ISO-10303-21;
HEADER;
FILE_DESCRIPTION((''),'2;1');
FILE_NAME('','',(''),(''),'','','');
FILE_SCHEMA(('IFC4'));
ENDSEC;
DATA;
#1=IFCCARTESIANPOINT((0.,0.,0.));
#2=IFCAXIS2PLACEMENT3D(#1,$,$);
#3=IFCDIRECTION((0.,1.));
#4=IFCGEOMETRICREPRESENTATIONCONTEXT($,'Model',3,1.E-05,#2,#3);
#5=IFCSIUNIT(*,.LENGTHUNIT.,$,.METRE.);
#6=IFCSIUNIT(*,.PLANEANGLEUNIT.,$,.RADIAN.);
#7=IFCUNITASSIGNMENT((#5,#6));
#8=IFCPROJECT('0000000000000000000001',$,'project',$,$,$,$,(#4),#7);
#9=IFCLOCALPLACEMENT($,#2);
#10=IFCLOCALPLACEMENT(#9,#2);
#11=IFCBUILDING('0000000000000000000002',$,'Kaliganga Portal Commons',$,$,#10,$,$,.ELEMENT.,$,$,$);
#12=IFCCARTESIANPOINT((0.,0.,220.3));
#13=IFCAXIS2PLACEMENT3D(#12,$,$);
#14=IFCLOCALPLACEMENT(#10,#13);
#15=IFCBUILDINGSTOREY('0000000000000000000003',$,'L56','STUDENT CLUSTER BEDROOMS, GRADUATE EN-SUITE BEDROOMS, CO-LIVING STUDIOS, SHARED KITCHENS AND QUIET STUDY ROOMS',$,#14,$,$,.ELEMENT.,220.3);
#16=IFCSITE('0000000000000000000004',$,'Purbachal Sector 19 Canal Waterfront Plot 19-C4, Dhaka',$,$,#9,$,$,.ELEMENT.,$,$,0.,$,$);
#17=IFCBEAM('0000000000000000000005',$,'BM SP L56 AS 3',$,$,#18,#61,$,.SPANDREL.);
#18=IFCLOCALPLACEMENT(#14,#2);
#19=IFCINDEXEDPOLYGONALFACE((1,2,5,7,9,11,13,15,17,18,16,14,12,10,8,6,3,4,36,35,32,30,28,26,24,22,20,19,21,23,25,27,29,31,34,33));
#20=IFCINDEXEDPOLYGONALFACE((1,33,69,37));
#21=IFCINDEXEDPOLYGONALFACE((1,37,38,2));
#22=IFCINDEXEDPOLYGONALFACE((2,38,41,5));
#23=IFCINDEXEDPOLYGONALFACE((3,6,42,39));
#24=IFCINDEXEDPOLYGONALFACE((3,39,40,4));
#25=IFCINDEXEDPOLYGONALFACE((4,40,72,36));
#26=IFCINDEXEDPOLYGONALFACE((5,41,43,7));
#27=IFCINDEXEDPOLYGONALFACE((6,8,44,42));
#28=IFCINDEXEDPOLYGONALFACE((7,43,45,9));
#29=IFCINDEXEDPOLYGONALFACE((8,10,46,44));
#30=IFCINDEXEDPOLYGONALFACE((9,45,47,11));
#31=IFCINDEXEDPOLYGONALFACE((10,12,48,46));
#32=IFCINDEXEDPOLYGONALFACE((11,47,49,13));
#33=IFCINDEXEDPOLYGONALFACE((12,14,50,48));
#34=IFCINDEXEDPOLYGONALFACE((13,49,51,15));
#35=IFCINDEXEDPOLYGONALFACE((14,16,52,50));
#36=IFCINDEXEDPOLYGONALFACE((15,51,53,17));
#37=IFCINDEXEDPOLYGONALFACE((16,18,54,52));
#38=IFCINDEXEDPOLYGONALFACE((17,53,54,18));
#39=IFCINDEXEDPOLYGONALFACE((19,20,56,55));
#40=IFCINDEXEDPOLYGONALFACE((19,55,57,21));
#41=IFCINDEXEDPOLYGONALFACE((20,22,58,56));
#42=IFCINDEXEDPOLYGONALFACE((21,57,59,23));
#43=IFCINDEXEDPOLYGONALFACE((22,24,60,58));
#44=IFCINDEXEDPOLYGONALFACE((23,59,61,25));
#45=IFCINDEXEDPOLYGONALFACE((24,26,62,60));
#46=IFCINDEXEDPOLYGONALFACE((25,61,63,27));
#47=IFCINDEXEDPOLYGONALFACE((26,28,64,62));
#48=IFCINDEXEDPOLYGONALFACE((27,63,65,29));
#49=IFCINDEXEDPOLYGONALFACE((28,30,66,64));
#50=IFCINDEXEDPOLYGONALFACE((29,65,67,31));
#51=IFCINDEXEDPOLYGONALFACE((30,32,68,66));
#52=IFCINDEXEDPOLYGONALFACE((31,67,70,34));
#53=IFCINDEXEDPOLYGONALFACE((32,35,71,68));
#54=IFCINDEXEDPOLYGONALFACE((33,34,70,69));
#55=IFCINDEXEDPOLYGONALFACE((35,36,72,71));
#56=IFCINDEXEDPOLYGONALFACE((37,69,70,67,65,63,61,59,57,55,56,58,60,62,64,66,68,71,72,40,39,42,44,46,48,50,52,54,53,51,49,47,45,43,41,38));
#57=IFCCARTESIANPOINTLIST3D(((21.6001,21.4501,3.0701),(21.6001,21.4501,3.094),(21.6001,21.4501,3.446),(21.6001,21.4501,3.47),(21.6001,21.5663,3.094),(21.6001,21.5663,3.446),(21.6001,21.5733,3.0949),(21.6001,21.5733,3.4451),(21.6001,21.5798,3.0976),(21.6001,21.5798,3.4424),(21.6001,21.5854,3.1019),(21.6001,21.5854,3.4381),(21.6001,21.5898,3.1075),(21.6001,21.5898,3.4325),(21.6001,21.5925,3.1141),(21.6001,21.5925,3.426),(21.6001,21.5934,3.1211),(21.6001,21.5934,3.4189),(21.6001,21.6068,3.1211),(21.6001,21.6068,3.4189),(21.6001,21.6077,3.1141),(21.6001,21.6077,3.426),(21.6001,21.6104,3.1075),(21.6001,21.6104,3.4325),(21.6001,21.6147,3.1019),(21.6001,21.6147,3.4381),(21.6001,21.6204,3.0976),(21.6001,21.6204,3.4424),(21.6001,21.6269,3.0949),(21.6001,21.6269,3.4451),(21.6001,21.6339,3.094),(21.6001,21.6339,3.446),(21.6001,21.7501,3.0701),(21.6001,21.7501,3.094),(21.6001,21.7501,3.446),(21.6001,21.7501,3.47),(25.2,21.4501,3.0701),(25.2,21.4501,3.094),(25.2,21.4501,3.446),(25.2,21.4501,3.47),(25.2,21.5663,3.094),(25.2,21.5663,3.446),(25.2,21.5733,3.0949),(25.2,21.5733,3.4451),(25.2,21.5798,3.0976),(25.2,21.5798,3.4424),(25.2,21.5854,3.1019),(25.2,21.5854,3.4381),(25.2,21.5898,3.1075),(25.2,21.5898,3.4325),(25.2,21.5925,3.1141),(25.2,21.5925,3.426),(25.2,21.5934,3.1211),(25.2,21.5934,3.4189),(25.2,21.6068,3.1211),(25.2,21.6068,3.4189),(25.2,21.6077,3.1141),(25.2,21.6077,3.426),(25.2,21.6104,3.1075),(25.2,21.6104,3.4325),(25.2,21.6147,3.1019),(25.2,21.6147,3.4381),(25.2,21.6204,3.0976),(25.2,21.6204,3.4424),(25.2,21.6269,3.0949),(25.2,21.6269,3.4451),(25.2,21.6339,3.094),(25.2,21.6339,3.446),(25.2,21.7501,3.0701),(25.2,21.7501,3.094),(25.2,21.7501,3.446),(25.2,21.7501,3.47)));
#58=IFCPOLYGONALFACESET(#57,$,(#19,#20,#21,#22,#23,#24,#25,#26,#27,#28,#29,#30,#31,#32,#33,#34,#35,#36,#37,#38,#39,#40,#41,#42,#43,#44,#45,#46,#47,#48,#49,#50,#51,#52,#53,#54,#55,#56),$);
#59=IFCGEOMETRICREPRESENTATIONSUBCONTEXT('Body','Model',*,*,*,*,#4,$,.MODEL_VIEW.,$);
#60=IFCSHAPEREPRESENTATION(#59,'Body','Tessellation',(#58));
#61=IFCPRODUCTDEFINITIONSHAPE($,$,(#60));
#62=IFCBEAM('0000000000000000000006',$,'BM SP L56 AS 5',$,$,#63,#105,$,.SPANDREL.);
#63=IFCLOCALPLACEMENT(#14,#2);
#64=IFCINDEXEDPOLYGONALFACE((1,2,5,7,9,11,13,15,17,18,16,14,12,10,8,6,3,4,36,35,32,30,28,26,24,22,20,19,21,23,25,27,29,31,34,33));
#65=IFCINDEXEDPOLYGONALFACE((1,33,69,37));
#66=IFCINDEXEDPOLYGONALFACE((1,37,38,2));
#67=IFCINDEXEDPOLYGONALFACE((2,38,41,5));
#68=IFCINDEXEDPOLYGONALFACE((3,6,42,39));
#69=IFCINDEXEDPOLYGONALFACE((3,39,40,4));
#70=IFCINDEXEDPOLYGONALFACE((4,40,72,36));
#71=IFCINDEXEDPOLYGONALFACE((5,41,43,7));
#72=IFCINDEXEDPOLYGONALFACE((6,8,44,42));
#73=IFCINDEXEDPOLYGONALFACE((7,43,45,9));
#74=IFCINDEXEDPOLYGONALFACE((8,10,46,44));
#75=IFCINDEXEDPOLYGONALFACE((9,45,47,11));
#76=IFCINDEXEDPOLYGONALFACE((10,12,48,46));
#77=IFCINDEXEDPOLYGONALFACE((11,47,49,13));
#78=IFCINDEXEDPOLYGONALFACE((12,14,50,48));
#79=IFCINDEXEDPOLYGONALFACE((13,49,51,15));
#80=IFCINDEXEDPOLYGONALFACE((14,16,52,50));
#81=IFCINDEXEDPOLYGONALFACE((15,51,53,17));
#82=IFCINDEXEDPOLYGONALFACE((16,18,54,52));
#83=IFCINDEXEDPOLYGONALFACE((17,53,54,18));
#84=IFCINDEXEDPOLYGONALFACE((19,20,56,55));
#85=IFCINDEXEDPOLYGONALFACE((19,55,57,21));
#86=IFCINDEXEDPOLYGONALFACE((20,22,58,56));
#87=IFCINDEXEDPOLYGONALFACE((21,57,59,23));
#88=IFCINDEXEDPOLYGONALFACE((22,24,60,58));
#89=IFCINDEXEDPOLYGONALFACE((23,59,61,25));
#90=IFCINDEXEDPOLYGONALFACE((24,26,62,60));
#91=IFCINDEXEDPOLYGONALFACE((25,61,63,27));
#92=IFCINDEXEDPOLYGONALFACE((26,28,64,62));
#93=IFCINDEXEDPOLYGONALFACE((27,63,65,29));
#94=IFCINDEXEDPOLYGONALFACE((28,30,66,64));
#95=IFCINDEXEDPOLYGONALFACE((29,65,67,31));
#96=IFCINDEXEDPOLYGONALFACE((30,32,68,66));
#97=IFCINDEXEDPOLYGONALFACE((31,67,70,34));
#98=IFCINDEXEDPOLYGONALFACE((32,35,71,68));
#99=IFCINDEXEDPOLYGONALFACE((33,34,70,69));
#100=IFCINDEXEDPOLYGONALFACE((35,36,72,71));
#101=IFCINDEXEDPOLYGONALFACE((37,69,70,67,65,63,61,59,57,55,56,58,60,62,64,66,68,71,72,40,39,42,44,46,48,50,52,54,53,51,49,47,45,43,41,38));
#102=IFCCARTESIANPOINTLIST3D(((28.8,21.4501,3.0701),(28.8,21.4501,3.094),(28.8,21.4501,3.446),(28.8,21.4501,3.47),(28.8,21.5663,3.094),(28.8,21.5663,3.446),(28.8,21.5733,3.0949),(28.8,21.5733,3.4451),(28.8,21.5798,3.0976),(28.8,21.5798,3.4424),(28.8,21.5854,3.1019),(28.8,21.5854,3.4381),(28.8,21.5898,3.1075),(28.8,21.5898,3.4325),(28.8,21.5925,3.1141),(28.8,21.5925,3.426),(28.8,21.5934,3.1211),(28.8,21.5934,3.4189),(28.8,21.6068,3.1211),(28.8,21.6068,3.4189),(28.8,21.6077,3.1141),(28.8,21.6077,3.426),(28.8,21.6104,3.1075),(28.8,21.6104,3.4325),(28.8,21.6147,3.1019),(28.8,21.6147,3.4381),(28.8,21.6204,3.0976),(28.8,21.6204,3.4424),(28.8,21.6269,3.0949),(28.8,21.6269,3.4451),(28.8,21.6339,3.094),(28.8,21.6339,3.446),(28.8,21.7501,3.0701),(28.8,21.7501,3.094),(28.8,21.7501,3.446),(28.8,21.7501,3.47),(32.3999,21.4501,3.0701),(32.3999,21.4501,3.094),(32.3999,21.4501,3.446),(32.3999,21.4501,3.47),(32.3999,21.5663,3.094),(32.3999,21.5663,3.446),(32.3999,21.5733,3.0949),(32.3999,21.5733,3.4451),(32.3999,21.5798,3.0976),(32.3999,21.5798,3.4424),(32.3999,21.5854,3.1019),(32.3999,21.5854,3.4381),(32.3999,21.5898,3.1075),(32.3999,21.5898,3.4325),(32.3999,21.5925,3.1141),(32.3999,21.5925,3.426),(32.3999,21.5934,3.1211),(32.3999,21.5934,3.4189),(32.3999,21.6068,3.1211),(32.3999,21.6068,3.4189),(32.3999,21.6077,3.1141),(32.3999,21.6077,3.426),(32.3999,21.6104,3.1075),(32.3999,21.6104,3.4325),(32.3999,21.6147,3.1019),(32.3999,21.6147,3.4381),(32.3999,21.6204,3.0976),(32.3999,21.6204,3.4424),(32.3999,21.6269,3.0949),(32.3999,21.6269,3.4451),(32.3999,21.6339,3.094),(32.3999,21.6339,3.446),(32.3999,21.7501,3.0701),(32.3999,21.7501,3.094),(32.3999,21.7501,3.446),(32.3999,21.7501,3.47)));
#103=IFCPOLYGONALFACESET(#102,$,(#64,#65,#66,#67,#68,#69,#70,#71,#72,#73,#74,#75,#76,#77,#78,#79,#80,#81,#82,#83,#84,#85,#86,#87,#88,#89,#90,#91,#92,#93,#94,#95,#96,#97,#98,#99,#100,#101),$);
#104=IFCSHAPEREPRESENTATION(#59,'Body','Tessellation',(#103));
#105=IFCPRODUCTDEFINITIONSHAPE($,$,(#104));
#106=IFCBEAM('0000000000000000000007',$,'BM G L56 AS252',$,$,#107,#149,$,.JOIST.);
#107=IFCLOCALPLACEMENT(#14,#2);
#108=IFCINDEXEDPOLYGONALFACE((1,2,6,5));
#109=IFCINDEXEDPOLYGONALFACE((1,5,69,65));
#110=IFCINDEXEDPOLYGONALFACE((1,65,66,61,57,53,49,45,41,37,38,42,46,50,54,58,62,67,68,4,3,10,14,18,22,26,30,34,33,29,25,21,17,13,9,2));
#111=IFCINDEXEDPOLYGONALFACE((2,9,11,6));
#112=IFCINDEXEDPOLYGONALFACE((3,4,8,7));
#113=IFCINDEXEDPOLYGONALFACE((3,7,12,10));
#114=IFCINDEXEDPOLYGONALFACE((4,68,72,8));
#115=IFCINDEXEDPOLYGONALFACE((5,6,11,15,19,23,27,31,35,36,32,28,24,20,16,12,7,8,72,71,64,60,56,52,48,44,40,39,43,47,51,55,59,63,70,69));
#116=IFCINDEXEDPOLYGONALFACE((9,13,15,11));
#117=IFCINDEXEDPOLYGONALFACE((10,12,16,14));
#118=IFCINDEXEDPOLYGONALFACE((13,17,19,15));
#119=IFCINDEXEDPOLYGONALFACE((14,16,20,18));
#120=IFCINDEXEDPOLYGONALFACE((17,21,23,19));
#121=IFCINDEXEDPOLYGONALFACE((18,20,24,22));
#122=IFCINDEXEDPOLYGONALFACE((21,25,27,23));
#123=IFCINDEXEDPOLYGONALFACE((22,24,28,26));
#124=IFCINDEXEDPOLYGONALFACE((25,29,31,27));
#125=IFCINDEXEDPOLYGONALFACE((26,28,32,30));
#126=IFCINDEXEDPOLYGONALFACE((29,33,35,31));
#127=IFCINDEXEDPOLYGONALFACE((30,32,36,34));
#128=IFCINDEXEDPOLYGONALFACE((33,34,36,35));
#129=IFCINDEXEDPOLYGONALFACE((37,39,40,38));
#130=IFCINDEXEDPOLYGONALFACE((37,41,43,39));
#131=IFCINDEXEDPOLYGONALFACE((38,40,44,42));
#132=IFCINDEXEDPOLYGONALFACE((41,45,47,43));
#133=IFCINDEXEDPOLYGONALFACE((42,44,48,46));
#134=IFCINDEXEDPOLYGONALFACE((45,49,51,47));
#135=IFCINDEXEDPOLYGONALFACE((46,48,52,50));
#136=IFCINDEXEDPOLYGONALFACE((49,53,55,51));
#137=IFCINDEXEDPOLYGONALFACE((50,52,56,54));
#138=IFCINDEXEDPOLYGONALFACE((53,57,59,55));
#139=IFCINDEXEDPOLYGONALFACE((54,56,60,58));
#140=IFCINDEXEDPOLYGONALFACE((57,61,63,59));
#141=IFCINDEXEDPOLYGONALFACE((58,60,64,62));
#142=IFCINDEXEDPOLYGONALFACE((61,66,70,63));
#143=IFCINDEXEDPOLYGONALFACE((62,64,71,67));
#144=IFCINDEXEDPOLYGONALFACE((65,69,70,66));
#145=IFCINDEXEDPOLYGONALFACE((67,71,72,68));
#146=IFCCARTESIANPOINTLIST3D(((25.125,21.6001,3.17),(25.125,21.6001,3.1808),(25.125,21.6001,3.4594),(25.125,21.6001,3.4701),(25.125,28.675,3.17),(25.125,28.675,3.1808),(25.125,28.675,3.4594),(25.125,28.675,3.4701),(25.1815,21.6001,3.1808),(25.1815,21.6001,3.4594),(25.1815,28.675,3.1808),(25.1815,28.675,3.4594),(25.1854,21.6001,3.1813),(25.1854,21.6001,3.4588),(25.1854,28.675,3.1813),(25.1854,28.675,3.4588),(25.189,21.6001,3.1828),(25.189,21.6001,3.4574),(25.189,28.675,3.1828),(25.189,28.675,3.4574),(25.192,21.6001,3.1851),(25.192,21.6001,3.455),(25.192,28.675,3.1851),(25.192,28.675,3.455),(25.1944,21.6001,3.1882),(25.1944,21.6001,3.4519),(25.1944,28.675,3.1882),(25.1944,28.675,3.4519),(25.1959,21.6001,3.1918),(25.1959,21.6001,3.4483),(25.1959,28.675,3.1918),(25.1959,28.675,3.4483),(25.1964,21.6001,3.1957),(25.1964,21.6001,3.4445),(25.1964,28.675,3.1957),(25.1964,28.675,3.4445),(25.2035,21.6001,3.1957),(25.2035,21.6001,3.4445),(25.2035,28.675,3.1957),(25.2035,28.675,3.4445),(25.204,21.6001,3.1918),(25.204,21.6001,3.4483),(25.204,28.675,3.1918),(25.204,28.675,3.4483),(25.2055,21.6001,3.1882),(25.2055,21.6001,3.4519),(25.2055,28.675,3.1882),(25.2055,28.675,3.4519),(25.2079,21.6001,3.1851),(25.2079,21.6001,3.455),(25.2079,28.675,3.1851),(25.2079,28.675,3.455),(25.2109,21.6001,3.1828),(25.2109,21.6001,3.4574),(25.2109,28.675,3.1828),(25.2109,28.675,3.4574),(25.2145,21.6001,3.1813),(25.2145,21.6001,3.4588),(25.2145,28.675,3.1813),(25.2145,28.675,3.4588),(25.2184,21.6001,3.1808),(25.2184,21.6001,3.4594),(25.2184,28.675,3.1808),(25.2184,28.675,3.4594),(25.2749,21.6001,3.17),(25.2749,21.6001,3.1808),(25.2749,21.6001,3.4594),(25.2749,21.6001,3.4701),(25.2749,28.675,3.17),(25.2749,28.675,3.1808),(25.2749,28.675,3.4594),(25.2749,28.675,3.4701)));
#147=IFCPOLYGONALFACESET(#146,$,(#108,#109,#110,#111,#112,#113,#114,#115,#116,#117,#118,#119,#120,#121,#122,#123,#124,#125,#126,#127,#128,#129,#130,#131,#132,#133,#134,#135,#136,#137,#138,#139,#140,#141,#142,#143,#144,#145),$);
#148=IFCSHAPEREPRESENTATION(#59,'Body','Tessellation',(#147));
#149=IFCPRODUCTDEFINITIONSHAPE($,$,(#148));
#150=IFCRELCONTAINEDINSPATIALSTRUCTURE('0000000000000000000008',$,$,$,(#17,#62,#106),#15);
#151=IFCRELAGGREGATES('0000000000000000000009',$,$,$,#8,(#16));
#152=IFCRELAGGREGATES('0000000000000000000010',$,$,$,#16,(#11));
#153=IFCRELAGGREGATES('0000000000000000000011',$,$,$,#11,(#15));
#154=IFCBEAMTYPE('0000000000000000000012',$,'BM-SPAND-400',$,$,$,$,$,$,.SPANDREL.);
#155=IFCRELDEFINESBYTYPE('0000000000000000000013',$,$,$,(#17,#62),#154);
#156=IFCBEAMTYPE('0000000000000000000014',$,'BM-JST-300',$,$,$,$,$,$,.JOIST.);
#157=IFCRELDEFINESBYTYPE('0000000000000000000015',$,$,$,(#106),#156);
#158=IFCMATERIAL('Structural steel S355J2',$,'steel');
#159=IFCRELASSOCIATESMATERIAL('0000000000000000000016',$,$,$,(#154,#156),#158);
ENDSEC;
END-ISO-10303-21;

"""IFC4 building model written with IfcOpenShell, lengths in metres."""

from ifc_helpers import new_model, si_unit, direction, frame, origin, origin_2d, place, context, subcontext, project, spatial, i_section, extrude, source, transform, mapped, material, material_profile, profile_set, type_object, element, save


model = new_model("IFC4")

# Units and contexts
model_context = context("Model", 3, precision=1e-05, world=origin(), true_north=direction((0.0, 1.0)))
body_context = subcontext(model_context, "Body", "Model", "MODEL_VIEW")
ifc_project = project(units=[si_unit("LENGTHUNIT", "METRE"), si_unit("PLANEANGLEUNIT", "RADIAN")], contexts=[model_context])

# Site, building, storey
site_placement = place(None, origin())
site = spatial("IfcSite", under=ifc_project, at=site_placement, Name="Purbachal Sector 19 Canal Waterfront Plot 19-C4, Dhaka", CompositionType="ELEMENT", RefElevation=0.0)
building_placement = place(site_placement, origin())
building = spatial("IfcBuilding", under=site, at=building_placement, Name="Kaliganga Portal Commons", CompositionType="ELEMENT")
storey_placement = place(building_placement, frame((0.0, 0.0, 220.3)))
storey = spatial("IfcBuildingStorey", under=building, at=storey_placement, Name="L56", Description="STUDENT CLUSTER BEDROOMS, GRADUATE EN-SUITE BEDROOMS, CO-LIVING STUDIOS, SHARED KITCHENS AND QUIET STUDY ROOMS", CompositionType="ELEMENT", Elevation=220.3)

# Shared definitions
ifc_material_1 = material(Name="Structural steel S355J2", Category="steel")

# Beams
ifc_material_profile_1 = material_profile(ifc_material_1, i_section(OverallWidth=0.3, OverallDepth=0.3999, WebThickness=0.0134, FlangeThickness=0.0239, FilletRadius=0.0271, at=origin_2d()), Name="HE 400 B")
ifc_profile_set_1 = profile_set([ifc_material_profile_1], Name="Structural steel S355J2 wide-flange")
beam_type_1 = type_object("IfcBeamType", Name="BM-SPAND-400", PredefinedType="SPANDREL", material=ifc_profile_set_1)
shared_shape_1 = source(origin(), body_context, "Body", "SweptSolid", [
    extrude(i_section(OverallWidth=0.3, OverallDepth=0.3999, WebThickness=0.0134, FlangeThickness=0.0239, FilletRadius=0.0271, at=origin_2d()), origin(), (0.0, 0.0, 1.0), 3.5999),
])
for number, where, z_axis, x_axis, name in (
    (1, (21.6001, 21.6001, 3.27), (1.0, 0.0, 0.0), (0.0, 1.0, 0.0), "BM SP L56 AS 3"),
    (2, (28.8, 21.6001, 3.27), (1.0, 0.0, 0.0), (0.0, 1.0, 0.0), "BM SP L56 AS 5"),
):
    element("IfcBeam", number, at=place(storey_placement, frame(where, z_axis=z_axis, x_axis=x_axis)), inside=storey, type_object=beam_type_1, Name=name, PredefinedType="SPANDREL", context=body_context, shape_type="MappedRepresentation", body=[
        mapped(shared_shape_1, transform((0.0, 0.0, 0.0), x_axis=(1.0, 0.0, 0.0), y_axis=(0.0, 1.0, 0.0), z_axis=(0.0, 0.0, 1.0), scale=1.0)),
    ])
ifc_material_profile_2 = material_profile(ifc_material_1, i_section(OverallWidth=0.1499, OverallDepth=0.3, WebThickness=0.0071, FlangeThickness=0.0107, FilletRadius=0.0149, at=origin_2d()), Name="IPE 300")
ifc_profile_set_2 = profile_set([ifc_material_profile_2], Name="Structural steel S355J2 wide-flange")
beam_type_2 = type_object("IfcBeamType", Name="BM-JST-300", PredefinedType="JOIST", material=ifc_profile_set_2)
shared_shape_2 = source(origin(), body_context, "Body", "SweptSolid", [
    extrude(i_section(OverallWidth=0.1499, OverallDepth=0.3, WebThickness=0.0071, FlangeThickness=0.0107, FilletRadius=0.0149, at=origin_2d()), origin(), (0.0, 0.0, 1.0), 7.075),
])
beam_1_placement = place(storey_placement, frame((25.2, 21.6001, 3.3201), z_axis=(0.0, 1.0, 0.0), x_axis=(-1.0, 0.0, 0.0)))
element("IfcBeam", 3, at=beam_1_placement, inside=storey, type_object=beam_type_2, Name="BM G L56 AS252", PredefinedType="JOIST", context=body_context, shape_type="MappedRepresentation", body=[
    mapped(shared_shape_2, transform((0.0, 0.0, 0.0), x_axis=(1.0, 0.0, 0.0), y_axis=(0.0, 1.0, 0.0), z_axis=(0.0, 0.0, 1.0), scale=1.0)),
])

save(model, "model.ifc")
